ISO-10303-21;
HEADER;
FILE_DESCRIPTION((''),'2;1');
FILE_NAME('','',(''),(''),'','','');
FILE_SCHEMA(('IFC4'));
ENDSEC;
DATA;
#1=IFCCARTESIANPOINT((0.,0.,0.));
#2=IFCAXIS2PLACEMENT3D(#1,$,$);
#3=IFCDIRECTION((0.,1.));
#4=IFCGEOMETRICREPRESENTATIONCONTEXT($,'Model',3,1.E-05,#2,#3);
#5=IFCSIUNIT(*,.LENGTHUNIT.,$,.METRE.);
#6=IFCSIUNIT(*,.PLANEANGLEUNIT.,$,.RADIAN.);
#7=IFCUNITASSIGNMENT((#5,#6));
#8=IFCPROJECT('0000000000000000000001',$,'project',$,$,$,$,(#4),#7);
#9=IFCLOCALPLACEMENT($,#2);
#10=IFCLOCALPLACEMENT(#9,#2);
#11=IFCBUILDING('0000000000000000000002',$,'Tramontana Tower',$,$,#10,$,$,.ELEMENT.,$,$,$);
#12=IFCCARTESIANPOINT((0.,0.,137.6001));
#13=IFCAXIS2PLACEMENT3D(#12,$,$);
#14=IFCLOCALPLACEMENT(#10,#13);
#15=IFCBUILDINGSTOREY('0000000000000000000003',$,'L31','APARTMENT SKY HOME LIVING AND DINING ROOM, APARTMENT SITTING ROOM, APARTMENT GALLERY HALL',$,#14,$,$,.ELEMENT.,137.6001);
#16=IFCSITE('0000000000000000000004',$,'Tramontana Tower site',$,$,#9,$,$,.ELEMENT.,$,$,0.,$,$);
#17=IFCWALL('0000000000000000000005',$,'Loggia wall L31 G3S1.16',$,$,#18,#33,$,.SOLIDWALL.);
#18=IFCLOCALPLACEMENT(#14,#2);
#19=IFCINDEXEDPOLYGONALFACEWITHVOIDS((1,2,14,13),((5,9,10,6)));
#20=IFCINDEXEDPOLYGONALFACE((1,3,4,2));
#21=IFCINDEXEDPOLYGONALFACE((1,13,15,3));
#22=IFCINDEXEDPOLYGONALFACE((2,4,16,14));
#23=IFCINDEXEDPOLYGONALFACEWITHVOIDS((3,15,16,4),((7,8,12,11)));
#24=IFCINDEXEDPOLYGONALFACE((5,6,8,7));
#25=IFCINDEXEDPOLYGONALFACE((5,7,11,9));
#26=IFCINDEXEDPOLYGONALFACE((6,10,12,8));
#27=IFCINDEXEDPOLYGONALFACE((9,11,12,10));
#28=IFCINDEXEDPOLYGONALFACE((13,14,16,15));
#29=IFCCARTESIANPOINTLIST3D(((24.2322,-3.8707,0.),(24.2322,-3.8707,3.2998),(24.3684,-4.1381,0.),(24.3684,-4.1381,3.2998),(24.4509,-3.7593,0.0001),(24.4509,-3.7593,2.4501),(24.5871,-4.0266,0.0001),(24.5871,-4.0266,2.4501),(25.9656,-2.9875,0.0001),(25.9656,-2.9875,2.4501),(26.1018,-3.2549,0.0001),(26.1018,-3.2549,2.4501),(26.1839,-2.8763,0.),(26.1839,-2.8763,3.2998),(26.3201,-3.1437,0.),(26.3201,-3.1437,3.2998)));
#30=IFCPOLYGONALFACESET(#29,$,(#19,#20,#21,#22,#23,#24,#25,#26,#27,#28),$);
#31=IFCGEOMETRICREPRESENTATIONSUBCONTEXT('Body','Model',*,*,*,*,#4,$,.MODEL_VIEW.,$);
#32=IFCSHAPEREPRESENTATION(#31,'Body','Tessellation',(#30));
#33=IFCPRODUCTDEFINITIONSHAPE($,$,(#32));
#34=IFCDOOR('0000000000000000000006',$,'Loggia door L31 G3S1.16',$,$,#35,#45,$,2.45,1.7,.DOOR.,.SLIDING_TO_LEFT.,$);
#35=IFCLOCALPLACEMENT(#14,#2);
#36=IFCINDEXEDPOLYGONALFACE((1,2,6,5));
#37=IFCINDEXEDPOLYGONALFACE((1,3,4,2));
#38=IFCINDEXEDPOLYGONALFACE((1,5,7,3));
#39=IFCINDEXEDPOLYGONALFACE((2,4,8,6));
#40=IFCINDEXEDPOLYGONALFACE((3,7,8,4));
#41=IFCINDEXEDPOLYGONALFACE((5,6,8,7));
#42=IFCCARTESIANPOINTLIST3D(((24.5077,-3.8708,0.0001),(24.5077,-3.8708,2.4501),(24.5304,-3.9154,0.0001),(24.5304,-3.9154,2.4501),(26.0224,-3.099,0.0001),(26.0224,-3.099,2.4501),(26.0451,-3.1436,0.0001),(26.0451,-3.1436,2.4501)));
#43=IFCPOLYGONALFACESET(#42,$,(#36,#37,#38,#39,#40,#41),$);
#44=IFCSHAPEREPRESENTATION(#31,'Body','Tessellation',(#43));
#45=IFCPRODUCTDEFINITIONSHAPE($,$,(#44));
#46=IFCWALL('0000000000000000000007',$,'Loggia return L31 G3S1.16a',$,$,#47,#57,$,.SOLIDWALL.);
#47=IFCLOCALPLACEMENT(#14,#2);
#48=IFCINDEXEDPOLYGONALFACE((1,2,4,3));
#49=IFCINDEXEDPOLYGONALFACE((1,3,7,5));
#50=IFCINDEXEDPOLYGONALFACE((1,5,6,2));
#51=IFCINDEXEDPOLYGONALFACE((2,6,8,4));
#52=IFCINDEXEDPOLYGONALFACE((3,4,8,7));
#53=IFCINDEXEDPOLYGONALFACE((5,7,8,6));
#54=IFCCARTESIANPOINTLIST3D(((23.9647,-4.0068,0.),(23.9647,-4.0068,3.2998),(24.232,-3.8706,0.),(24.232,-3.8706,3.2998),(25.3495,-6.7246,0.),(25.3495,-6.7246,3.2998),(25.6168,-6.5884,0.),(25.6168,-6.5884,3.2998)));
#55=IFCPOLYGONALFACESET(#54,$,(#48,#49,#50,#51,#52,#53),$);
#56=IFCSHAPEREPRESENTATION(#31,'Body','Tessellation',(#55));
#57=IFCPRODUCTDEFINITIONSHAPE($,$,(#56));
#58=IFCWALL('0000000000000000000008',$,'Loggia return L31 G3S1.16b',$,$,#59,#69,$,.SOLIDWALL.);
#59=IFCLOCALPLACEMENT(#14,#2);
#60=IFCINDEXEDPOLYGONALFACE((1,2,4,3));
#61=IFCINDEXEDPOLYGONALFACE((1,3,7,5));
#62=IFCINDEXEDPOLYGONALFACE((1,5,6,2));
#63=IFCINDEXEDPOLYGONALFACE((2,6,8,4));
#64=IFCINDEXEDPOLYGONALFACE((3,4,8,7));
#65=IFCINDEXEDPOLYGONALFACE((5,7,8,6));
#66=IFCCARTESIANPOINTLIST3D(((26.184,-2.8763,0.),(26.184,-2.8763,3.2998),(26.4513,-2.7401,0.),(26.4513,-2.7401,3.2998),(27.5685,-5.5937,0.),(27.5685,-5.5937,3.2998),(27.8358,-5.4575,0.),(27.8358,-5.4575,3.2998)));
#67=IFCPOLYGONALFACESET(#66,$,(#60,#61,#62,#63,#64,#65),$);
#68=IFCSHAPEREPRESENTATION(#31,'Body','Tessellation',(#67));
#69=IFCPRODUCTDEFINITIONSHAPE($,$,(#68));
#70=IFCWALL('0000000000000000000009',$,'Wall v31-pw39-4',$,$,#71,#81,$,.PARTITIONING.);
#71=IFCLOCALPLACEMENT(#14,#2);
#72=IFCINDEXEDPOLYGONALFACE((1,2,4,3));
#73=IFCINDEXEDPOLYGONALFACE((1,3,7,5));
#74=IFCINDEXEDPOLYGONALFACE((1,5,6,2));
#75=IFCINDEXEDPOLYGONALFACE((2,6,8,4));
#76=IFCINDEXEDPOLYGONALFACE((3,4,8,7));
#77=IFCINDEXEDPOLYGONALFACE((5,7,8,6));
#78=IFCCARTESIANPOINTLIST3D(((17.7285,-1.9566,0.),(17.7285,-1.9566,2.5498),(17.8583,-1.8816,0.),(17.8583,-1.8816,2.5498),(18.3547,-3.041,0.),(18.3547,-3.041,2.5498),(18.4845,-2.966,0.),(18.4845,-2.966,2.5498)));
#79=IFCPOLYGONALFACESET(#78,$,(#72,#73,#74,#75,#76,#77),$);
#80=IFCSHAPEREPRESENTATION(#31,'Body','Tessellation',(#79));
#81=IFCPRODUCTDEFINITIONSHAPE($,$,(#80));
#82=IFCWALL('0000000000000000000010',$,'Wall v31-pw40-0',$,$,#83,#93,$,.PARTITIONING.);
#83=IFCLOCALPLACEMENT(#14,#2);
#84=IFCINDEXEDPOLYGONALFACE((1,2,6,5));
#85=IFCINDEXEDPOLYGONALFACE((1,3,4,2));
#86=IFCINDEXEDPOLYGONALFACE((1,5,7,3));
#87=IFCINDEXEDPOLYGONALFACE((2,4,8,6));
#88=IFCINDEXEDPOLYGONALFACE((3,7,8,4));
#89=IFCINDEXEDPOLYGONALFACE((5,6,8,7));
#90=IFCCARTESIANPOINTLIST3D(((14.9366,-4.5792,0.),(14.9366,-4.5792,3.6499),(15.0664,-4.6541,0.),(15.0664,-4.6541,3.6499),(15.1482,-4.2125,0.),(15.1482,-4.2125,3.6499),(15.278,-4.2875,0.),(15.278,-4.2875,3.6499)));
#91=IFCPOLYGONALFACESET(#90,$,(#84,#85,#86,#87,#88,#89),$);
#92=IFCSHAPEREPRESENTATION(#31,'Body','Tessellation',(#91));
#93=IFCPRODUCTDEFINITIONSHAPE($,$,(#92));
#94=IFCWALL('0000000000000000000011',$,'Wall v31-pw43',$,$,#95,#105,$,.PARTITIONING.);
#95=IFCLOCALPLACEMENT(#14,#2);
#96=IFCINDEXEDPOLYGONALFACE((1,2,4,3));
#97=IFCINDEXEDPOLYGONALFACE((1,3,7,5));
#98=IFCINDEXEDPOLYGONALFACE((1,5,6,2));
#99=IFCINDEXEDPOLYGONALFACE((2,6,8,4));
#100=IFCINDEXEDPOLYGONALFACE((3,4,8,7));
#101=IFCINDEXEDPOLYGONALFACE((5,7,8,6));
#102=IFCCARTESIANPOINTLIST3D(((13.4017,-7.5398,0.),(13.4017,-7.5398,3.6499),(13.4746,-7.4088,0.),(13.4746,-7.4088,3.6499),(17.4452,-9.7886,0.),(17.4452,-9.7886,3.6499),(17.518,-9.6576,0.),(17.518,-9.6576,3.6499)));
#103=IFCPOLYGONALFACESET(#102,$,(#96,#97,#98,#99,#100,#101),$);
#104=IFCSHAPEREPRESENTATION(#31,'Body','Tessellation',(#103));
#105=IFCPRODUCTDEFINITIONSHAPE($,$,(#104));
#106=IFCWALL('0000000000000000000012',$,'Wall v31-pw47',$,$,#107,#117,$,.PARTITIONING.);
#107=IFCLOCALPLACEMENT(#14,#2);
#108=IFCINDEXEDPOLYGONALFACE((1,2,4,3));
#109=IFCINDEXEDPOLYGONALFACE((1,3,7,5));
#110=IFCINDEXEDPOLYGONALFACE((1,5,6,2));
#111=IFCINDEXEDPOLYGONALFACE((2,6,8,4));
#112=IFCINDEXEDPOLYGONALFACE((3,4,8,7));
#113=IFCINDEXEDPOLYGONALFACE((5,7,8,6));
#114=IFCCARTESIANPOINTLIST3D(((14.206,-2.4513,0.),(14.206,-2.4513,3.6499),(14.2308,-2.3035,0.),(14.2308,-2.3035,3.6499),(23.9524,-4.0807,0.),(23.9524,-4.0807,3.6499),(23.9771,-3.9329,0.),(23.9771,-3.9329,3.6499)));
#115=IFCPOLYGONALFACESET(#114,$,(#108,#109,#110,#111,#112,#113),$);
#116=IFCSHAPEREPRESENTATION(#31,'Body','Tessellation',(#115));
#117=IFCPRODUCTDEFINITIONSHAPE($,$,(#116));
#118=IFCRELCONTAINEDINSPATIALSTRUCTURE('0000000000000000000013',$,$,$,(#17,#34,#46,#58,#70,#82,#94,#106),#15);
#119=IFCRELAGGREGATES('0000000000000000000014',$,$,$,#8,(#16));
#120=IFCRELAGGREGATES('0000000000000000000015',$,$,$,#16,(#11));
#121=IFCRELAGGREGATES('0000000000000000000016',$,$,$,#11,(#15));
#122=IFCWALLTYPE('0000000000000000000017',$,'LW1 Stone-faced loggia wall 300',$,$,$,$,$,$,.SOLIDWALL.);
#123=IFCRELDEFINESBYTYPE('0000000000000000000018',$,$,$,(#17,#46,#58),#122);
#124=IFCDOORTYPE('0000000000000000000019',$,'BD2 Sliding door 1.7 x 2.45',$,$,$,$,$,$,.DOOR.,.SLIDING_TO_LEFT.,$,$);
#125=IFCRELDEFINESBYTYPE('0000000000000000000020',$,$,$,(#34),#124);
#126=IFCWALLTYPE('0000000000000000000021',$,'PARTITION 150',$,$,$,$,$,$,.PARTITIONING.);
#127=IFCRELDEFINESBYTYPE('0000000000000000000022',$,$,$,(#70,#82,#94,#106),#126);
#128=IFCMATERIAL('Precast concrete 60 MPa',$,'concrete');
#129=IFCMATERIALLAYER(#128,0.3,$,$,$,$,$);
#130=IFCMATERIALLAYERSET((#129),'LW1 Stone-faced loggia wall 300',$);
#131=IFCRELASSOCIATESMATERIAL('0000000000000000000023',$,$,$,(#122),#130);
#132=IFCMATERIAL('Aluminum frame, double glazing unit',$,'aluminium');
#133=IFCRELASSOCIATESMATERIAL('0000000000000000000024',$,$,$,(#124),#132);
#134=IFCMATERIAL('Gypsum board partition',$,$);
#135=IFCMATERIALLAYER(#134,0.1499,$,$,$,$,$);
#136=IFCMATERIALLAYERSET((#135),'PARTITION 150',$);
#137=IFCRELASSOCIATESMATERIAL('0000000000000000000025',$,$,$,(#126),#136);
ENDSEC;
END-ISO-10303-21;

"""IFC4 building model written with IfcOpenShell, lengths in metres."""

from ifc_helpers import new_model, si_unit, direction, frame, frame_2d, origin, place, context, subcontext, project, spatial, rectangle, extrude, material, layer, layer_set, type_object, element, fill, save


model = new_model("IFC4")

# Units and contexts
model_context = context("Model", 3, precision=1e-05, world=origin(), true_north=direction((0.0, 1.0)))
body_context = subcontext(model_context, "Body", "Model", "MODEL_VIEW")
ifc_project = project(units=[si_unit("LENGTHUNIT", "METRE"), si_unit("PLANEANGLEUNIT", "RADIAN")], contexts=[model_context])

# Site, building, storey
site_placement = place(None, origin())
site = spatial("IfcSite", under=ifc_project, at=site_placement, Name="Tramontana Tower site", CompositionType="ELEMENT", RefElevation=0.0)
building_placement = place(site_placement, origin())
building = spatial("IfcBuilding", under=site, at=building_placement, Name="Tramontana Tower", CompositionType="ELEMENT")
storey_placement = place(building_placement, frame((0.0, 0.0, 137.6001)))
storey = spatial("IfcBuildingStorey", under=building, at=storey_placement, Name="L31", Description="APARTMENT SKY HOME LIVING AND DINING ROOM, APARTMENT SITTING ROOM, APARTMENT GALLERY HALL", CompositionType="ELEMENT", Elevation=137.6001)

# Wall, opening, door
ifc_material_1 = material(Name="Precast concrete 60 MPa", Category="concrete")
ifc_layer_1 = layer(ifc_material_1, 0.3)
ifc_layer_set_1 = layer_set([ifc_layer_1], Name="LW1 Stone-faced loggia wall 300")
wall_type_1 = type_object("IfcWallType", Name="LW1 Stone-faced loggia wall 300", PredefinedType="SOLIDWALL", material=ifc_layer_set_1)
wall_1_placement = place(storey_placement, frame((24.3003, -4.0044, 0.0), z_axis=(0.0, 0.0, 1.0), x_axis=(0.891013, 0.453978, 0.0)))
wall_1 = element("IfcWall", 1, at=wall_1_placement, inside=storey, type_object=wall_type_1, Name="Loggia wall L31 G3S1.16", PredefinedType="SOLIDWALL", context=body_context, shape_type="SweptSolid", body=[
    extrude(rectangle(XDim=2.1904, YDim=0.3, at=frame_2d((1.0952, 0.0))), origin(), (0.0, 0.0, 1.0), 3.2998),
])
opening_1_placement = place(wall_1_placement, frame((0.2454, 0.0, 0.0)))
opening_1 = element("IfcOpeningElement", 2, at=opening_1_placement, cuts=wall_1, PredefinedType="OPENING", context=body_context, shape_type="SweptSolid", body=[
    extrude(rectangle(XDim=1.7, YDim=2.45, at=frame_2d((0.8501, 1.2251))), frame((0.0, 0.1599, 0.0), z_axis=(0.0, -1.0, 0.0), x_axis=(1.0, 0.0, 0.0)), (0.0, 0.0, 1.0), 0.3201),
])
ifc_material_2 = material(Name="Aluminum frame, double glazing unit", Category="aluminium")
door_type_1 = type_object("IfcDoorType", Name="BD2 Sliding door 1.7 x 2.45", OperationType="SLIDING_TO_LEFT", PredefinedType="DOOR", material=ifc_material_2)
door_1_placement = place(opening_1_placement, origin())
door_1 = element("IfcDoor", 3, at=door_1_placement, inside=storey, type_object=door_type_1, Name="Loggia door L31 G3S1.16", OperationType="SLIDING_TO_LEFT", OverallHeight=2.45, OverallWidth=1.7, PredefinedType="DOOR", context=body_context, shape_type="SweptSolid", body=[
    extrude(rectangle(XDim=1.7, YDim=2.45, at=frame_2d((0.8501, 1.2251))), frame((0.0, 0.0249, 0.0), z_axis=(0.0, -1.0, 0.0), x_axis=(1.0, 0.0, 0.0)), (0.0, 0.0, 1.0), 0.05),
])
fill(opening_1, door_1)

# Walls
wall_2_placement = place(storey_placement, frame((25.4832, -6.6565, 0.0), z_axis=(0.0, 0.0, 1.0), x_axis=(-0.453988, 0.891008, 0.0)))
element("IfcWall", 4, at=wall_2_placement, inside=storey, type_object=wall_type_1, Name="Loggia return L31 G3S1.16a", PredefinedType="SOLIDWALL", context=body_context, shape_type="SweptSolid", body=[
    extrude(rectangle(XDim=3.0503, YDim=0.3, at=frame_2d((1.5251, 0.0))), origin(), (0.0, 0.0, 1.0), 3.2998),
])
wall_3_placement = place(storey_placement, frame((27.7021, -5.5256, 0.0), z_axis=(0.0, 0.0, 1.0), x_axis=(-0.453957, 0.891024, 0.0)))
element("IfcWall", 5, at=wall_3_placement, inside=storey, type_object=wall_type_1, Name="Loggia return L31 G3S1.16b", PredefinedType="SOLIDWALL", context=body_context, shape_type="SweptSolid", body=[
    extrude(rectangle(XDim=3.0498, YDim=0.3, at=frame_2d((1.5249, 0.0))), origin(), (0.0, 0.0, 1.0), 3.2998),
])
ifc_material_3 = material(Name="Gypsum board partition")
ifc_layer_2 = layer(ifc_material_3, 0.1499)
ifc_layer_set_2 = layer_set([ifc_layer_2], Name="PARTITION 150")
wall_type_2 = type_object("IfcWallType", Name="PARTITION 150", PredefinedType="PARTITIONING", material=ifc_layer_set_2)
wall_4_placement = place(storey_placement, frame((17.7935, -1.9192, 0.0), z_axis=(0.0, 0.0, 1.0), x_axis=(0.50006, -0.865991, 0.0)))
element("IfcWall", 6, at=wall_4_placement, inside=storey, type_object=wall_type_2, Name="Wall v31-pw39-4", PredefinedType="PARTITIONING", context=body_context, shape_type="SweptSolid", body=[
    extrude(rectangle(XDim=1.2522, YDim=0.1499, at=frame_2d((0.626, 0.0))), origin(), (0.0, 0.0, 1.0), 2.5498),
])
wall_5_placement = place(storey_placement, frame((15.2131, -4.25, 0.0), z_axis=(0.0, 0.0, 1.0), x_axis=(-0.499922, -0.86607, 0.0)))
element("IfcWall", 7, at=wall_5_placement, inside=storey, type_object=wall_type_2, Name="Wall v31-pw40-0", PredefinedType="PARTITIONING", context=body_context, shape_type="SweptSolid", body=[
    extrude(rectangle(XDim=0.4233, YDim=0.1499, at=frame_2d((0.2117, 0.0))), origin(), (0.0, 0.0, 1.0), 3.6499),
])

# Walls
wall_6_placement = place(storey_placement, frame((17.4817, -9.7231, 0.0), z_axis=(0.0, 0.0, 1.0), x_axis=(-0.873936, 0.486042, 0.0)))
element("IfcWall", 8, at=wall_6_placement, inside=storey, type_object=wall_type_2, Name="Wall v31-pw43", PredefinedType="PARTITIONING", context=body_context, shape_type="SweptSolid", body=[
    extrude(rectangle(XDim=4.6267, YDim=0.1499, at=frame_2d((2.3135, 0.0))), origin(), (0.0, 0.0, 1.0), 3.6499),
])
wall_7_placement = place(storey_placement, frame((23.9648, -4.0068, 0.0), z_axis=(0.0, 0.0, 1.0), x_axis=(-0.986312, 0.164892, 0.0)))
element("IfcWall", 9, at=wall_7_placement, inside=storey, type_object=wall_type_2, Name="Wall v31-pw47", PredefinedType="PARTITIONING", context=body_context, shape_type="SweptSolid", body=[
    extrude(rectangle(XDim=9.8816, YDim=0.1499, at=frame_2d((4.9409, 0.0))), origin(), (0.0, 0.0, 1.0), 3.6499),
])

save(model, "model.ifc")
